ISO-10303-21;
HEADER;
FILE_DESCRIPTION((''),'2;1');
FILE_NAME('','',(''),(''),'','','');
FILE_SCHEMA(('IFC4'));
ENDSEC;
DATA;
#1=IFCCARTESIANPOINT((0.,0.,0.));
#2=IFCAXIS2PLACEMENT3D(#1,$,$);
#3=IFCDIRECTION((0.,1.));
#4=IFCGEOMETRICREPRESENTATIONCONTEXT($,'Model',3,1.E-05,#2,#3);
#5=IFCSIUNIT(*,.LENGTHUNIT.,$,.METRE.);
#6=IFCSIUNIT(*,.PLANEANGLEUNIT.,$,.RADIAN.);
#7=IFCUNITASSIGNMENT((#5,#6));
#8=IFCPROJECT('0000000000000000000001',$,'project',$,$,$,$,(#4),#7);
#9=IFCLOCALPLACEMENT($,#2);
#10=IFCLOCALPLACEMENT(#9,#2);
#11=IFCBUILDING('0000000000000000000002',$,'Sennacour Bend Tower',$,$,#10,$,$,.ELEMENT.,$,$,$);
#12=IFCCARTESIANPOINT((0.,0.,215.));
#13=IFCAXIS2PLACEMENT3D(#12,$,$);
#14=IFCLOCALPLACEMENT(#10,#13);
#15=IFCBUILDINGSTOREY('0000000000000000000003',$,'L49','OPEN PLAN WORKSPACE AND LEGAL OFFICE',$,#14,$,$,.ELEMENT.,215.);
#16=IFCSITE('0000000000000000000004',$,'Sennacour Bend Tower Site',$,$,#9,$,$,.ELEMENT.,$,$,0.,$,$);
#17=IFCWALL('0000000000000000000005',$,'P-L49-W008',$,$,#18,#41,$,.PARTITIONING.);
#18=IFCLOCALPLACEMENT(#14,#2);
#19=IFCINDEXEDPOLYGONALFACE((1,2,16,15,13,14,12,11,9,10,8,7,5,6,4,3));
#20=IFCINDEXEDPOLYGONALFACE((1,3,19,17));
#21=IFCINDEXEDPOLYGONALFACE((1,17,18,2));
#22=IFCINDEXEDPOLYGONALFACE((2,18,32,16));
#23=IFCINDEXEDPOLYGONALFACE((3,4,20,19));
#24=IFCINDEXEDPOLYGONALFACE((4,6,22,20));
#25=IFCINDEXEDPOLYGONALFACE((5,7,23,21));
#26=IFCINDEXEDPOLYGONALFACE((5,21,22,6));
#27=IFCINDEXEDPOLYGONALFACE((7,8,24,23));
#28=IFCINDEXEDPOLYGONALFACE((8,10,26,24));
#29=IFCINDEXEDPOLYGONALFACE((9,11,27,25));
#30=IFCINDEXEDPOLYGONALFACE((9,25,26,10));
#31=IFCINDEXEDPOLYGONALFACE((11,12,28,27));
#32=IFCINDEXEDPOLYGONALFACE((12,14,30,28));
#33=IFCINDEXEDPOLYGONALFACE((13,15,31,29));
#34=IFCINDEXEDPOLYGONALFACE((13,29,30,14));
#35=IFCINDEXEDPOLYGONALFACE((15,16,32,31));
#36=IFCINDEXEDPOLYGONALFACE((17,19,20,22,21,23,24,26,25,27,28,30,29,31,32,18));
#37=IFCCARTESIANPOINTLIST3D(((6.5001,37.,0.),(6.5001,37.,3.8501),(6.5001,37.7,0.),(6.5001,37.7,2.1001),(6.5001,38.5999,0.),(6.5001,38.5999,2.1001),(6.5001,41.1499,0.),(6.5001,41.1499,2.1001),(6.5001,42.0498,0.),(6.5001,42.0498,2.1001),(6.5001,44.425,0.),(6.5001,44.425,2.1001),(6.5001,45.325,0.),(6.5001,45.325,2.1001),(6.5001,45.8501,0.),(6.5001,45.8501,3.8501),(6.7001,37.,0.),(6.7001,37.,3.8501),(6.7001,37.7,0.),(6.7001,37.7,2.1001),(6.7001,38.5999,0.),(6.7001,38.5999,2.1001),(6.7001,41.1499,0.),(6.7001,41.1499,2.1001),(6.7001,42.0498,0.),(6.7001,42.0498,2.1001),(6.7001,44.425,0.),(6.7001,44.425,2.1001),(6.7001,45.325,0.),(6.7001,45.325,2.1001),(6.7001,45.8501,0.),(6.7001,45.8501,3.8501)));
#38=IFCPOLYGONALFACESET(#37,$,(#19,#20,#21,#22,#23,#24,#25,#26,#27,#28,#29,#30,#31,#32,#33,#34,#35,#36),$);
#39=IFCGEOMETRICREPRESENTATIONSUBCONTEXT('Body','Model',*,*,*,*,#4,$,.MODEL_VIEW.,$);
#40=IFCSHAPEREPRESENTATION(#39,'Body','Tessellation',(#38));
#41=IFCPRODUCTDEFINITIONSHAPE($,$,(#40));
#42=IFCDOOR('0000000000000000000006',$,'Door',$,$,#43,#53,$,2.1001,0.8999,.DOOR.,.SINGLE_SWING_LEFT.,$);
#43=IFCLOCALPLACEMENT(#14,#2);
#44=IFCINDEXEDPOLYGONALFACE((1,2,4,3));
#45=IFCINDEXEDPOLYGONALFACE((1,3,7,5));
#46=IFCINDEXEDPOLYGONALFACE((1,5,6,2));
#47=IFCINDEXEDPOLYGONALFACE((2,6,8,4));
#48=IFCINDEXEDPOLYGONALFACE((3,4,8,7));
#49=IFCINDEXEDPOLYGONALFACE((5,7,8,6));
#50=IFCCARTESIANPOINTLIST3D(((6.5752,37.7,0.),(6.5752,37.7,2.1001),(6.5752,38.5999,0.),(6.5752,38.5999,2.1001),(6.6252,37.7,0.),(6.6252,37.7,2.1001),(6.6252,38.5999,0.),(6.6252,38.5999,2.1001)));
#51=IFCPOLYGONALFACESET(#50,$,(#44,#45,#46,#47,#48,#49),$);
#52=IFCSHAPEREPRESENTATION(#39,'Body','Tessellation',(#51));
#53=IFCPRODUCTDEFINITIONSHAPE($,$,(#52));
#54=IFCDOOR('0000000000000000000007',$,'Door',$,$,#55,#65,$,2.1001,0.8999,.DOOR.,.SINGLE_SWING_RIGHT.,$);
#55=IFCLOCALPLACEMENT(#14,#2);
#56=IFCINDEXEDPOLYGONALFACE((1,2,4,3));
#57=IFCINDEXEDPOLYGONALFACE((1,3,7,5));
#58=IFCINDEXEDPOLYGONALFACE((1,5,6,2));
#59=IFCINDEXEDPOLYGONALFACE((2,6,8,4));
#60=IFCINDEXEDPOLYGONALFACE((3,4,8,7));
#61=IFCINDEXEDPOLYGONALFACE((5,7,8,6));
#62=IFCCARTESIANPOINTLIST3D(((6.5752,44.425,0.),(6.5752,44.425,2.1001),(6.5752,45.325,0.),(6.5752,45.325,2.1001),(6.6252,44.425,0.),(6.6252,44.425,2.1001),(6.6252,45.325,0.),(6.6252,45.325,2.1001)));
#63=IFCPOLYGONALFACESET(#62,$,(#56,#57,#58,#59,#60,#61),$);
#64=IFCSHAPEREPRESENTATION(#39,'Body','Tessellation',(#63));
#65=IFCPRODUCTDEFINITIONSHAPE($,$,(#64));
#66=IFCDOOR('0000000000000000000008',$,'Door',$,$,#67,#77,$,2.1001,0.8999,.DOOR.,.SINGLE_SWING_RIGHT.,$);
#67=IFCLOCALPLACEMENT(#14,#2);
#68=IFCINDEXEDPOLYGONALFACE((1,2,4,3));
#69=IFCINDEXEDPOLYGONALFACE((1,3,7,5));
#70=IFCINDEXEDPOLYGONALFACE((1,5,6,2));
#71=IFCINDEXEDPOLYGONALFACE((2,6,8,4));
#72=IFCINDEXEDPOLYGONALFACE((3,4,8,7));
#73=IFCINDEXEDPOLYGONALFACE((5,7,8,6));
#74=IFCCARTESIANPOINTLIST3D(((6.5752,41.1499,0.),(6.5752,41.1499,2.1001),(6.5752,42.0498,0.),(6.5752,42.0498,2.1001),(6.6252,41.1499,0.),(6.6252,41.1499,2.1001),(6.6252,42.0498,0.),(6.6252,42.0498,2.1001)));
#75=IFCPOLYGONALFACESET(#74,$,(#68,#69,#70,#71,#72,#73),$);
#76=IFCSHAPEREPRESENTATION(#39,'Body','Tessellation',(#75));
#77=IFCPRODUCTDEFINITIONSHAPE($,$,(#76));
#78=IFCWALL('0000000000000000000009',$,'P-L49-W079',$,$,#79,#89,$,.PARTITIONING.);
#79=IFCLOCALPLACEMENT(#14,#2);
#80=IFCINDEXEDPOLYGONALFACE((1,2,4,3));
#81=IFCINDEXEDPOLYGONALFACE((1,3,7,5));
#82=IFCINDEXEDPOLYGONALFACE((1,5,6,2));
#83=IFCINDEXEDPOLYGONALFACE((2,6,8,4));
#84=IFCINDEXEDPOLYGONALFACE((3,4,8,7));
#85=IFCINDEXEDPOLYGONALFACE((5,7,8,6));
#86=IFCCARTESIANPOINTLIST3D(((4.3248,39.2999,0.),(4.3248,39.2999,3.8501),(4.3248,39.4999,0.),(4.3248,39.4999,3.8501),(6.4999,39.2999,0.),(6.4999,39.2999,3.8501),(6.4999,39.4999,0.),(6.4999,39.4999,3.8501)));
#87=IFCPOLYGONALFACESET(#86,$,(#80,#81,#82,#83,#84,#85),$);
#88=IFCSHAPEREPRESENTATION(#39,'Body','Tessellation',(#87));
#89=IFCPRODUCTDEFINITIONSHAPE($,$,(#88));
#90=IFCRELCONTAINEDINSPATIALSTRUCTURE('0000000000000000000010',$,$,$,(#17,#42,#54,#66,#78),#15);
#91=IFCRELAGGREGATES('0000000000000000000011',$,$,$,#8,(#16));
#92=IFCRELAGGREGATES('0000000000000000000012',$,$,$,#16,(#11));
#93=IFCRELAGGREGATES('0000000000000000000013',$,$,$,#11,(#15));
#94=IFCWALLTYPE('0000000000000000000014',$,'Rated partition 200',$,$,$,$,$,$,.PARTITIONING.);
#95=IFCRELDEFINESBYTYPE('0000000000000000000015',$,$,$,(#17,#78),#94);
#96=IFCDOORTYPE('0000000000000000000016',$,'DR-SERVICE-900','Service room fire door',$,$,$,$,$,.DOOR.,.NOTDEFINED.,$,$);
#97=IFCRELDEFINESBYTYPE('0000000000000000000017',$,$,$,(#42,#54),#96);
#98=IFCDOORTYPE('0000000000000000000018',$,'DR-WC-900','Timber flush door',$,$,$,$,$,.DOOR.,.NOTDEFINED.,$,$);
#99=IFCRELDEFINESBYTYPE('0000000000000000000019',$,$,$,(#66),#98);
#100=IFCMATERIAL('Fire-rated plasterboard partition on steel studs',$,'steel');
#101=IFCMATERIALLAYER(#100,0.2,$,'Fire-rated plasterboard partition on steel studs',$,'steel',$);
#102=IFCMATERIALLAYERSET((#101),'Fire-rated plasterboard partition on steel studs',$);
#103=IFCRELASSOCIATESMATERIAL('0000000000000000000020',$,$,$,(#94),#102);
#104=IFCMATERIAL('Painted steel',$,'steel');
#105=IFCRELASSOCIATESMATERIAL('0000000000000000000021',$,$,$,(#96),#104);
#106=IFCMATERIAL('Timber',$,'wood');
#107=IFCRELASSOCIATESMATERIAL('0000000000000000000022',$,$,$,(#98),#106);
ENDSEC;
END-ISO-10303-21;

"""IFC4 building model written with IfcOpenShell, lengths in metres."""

from ifc_helpers import new_model, si_unit, direction, frame, frame_2d, origin, place, context, subcontext, project, spatial, rectangle, extrude, material, layer, layer_set, type_object, element, fill, save


model = new_model("IFC4")

# Units and contexts
model_context = context("Model", 3, precision=1e-05, world=origin(), true_north=direction((0.0, 1.0)))
body_context = subcontext(model_context, "Body", "Model", "MODEL_VIEW")
ifc_project = project(units=[si_unit("LENGTHUNIT", "METRE"), si_unit("PLANEANGLEUNIT", "RADIAN")], contexts=[model_context])

# Site, building, storey
site_placement = place(None, origin())
site = spatial("IfcSite", under=ifc_project, at=site_placement, Name="Sennacour Bend Tower Site", CompositionType="ELEMENT", RefElevation=0.0)
building_placement = place(site_placement, origin())
building = spatial("IfcBuilding", under=site, at=building_placement, Name="Sennacour Bend Tower", CompositionType="ELEMENT")
storey_placement = place(building_placement, frame((0.0, 0.0, 215.0)))
storey = spatial("IfcBuildingStorey", under=building, at=storey_placement, Name="L49", Description="OPEN PLAN WORKSPACE AND LEGAL OFFICE", CompositionType="ELEMENT", Elevation=215.0)

# Wall, openings, doors
ifc_material_1 = material(Name="Fire-rated plasterboard partition on steel studs", Category="steel")
ifc_layer_1 = layer(ifc_material_1, 0.2, Name="Fire-rated plasterboard partition on steel studs", Category="steel")
ifc_layer_set_1 = layer_set([ifc_layer_1], Name="Fire-rated plasterboard partition on steel studs")
wall_type_1 = type_object("IfcWallType", Name="Rated partition 200", PredefinedType="PARTITIONING", material=ifc_layer_set_1)
wall_1_placement = place(storey_placement, frame((6.6001, 37.0, 0.0), z_axis=(0.0, 0.0, 1.0), x_axis=(0.0, 1.0, 0.0)))
wall_1 = element("IfcWall", 1, at=wall_1_placement, inside=storey, type_object=wall_type_1, Name="P-L49-W008", PredefinedType="PARTITIONING", context=body_context, shape_type="SweptSolid", body=[
    extrude(rectangle(XDim=8.8501, YDim=0.2, at=frame_2d((4.425, 0.0))), origin(), (0.0, 0.0, 1.0), 3.8501),
])
opening_1_placement = place(wall_1_placement, frame((0.7, 0.0, 0.0)))
opening_1 = element("IfcOpeningElement", 2, at=opening_1_placement, cuts=wall_1, PredefinedType="OPENING", context=body_context, shape_type="SweptSolid", body=[
    extrude(rectangle(XDim=0.8999, YDim=2.1001, at=frame_2d((0.45, 1.05))), frame((0.0, 0.1099, 0.0), z_axis=(0.0, -1.0, 0.0), x_axis=(1.0, 0.0, 0.0)), (0.0, 0.0, 1.0), 0.22),
])
opening_2_placement = place(wall_1_placement, frame((4.1499, 0.0, 0.0)))
opening_2 = element("IfcOpeningElement", 3, at=opening_2_placement, cuts=wall_1, PredefinedType="OPENING", context=body_context, shape_type="SweptSolid", body=[
    extrude(rectangle(XDim=0.8999, YDim=2.1001, at=frame_2d((0.45, 1.05))), frame((0.0, 0.1099, 0.0), z_axis=(0.0, -1.0, 0.0), x_axis=(1.0, 0.0, 0.0)), (0.0, 0.0, 1.0), 0.22),
])
opening_3_placement = place(wall_1_placement, frame((7.425, 0.0, 0.0)))
opening_3 = element("IfcOpeningElement", 4, at=opening_3_placement, cuts=wall_1, PredefinedType="OPENING", context=body_context, shape_type="SweptSolid", body=[
    extrude(rectangle(XDim=0.8999, YDim=2.1001, at=frame_2d((0.45, 1.05))), frame((0.0, 0.1099, 0.0), z_axis=(0.0, -1.0, 0.0), x_axis=(1.0, 0.0, 0.0)), (0.0, 0.0, 1.0), 0.22),
])
ifc_material_2 = material(Name="Painted steel", Category="steel")
door_type_1 = type_object("IfcDoorType", Name="DR-SERVICE-900", Description="Service room fire door", OperationType="NOTDEFINED", PredefinedType="DOOR", material=ifc_material_2)
door_1_placement = place(opening_1_placement, origin())
door_1 = element("IfcDoor", 5, at=door_1_placement, inside=storey, type_object=door_type_1, Name="Door", OperationType="SINGLE_SWING_LEFT", OverallHeight=2.1001, OverallWidth=0.8999, PredefinedType="DOOR", context=body_context, shape_type="SweptSolid", body=[
    extrude(rectangle(XDim=0.8999, YDim=2.1001, at=frame_2d((0.45, 1.05))), frame((0.0, 0.0249, 0.0), z_axis=(0.0, -1.0, 0.0), x_axis=(1.0, 0.0, 0.0)), (0.0, 0.0, 1.0), 0.05),
])
fill(opening_1, door_1)
door_2_placement = place(opening_3_placement, origin())
door_2 = element("IfcDoor", 6, at=door_2_placement, inside=storey, type_object=door_type_1, Name="Door", OperationType="SINGLE_SWING_RIGHT", OverallHeight=2.1001, OverallWidth=0.8999, PredefinedType="DOOR", context=body_context, shape_type="SweptSolid", body=[
    extrude(rectangle(XDim=0.8999, YDim=2.1001, at=frame_2d((0.45, 1.05))), frame((0.0, 0.0249, 0.0), z_axis=(0.0, -1.0, 0.0), x_axis=(1.0, 0.0, 0.0)), (0.0, 0.0, 1.0), 0.05),
])
fill(opening_3, door_2)
ifc_material_3 = material(Name="Timber", Category="wood")
door_type_2 = type_object("IfcDoorType", Name="DR-WC-900", Description="Timber flush door", OperationType="NOTDEFINED", PredefinedType="DOOR", material=ifc_material_3)
door_3_placement = place(opening_2_placement, origin())
door_3 = element("IfcDoor", 7, at=door_3_placement, inside=storey, type_object=door_type_2, Name="Door", OperationType="SINGLE_SWING_RIGHT", OverallHeight=2.1001, OverallWidth=0.8999, PredefinedType="DOOR", context=body_context, shape_type="SweptSolid", body=[
    extrude(rectangle(XDim=0.8999, YDim=2.1001, at=frame_2d((0.45, 1.05))), frame((0.0, 0.0249, 0.0), z_axis=(0.0, -1.0, 0.0), x_axis=(1.0, 0.0, 0.0)), (0.0, 0.0, 1.0), 0.05),
])
fill(opening_2, door_3)

# Wall
wall_2_placement = place(storey_placement, frame((4.325, 39.3999, 0.0), z_axis=(0.0, 0.0, 1.0), x_axis=(1.0, 0.0, 0.0)))
element("IfcWall", 8, at=wall_2_placement, inside=storey, type_object=wall_type_1, Name="P-L49-W079", PredefinedType="PARTITIONING", context=body_context, shape_type="SweptSolid", body=[
    extrude(rectangle(XDim=2.175, YDim=0.2, at=frame_2d((1.0874, 0.0))), origin(), (0.0, 0.0, 1.0), 3.8501),
])

save(model, "model.ifc")
